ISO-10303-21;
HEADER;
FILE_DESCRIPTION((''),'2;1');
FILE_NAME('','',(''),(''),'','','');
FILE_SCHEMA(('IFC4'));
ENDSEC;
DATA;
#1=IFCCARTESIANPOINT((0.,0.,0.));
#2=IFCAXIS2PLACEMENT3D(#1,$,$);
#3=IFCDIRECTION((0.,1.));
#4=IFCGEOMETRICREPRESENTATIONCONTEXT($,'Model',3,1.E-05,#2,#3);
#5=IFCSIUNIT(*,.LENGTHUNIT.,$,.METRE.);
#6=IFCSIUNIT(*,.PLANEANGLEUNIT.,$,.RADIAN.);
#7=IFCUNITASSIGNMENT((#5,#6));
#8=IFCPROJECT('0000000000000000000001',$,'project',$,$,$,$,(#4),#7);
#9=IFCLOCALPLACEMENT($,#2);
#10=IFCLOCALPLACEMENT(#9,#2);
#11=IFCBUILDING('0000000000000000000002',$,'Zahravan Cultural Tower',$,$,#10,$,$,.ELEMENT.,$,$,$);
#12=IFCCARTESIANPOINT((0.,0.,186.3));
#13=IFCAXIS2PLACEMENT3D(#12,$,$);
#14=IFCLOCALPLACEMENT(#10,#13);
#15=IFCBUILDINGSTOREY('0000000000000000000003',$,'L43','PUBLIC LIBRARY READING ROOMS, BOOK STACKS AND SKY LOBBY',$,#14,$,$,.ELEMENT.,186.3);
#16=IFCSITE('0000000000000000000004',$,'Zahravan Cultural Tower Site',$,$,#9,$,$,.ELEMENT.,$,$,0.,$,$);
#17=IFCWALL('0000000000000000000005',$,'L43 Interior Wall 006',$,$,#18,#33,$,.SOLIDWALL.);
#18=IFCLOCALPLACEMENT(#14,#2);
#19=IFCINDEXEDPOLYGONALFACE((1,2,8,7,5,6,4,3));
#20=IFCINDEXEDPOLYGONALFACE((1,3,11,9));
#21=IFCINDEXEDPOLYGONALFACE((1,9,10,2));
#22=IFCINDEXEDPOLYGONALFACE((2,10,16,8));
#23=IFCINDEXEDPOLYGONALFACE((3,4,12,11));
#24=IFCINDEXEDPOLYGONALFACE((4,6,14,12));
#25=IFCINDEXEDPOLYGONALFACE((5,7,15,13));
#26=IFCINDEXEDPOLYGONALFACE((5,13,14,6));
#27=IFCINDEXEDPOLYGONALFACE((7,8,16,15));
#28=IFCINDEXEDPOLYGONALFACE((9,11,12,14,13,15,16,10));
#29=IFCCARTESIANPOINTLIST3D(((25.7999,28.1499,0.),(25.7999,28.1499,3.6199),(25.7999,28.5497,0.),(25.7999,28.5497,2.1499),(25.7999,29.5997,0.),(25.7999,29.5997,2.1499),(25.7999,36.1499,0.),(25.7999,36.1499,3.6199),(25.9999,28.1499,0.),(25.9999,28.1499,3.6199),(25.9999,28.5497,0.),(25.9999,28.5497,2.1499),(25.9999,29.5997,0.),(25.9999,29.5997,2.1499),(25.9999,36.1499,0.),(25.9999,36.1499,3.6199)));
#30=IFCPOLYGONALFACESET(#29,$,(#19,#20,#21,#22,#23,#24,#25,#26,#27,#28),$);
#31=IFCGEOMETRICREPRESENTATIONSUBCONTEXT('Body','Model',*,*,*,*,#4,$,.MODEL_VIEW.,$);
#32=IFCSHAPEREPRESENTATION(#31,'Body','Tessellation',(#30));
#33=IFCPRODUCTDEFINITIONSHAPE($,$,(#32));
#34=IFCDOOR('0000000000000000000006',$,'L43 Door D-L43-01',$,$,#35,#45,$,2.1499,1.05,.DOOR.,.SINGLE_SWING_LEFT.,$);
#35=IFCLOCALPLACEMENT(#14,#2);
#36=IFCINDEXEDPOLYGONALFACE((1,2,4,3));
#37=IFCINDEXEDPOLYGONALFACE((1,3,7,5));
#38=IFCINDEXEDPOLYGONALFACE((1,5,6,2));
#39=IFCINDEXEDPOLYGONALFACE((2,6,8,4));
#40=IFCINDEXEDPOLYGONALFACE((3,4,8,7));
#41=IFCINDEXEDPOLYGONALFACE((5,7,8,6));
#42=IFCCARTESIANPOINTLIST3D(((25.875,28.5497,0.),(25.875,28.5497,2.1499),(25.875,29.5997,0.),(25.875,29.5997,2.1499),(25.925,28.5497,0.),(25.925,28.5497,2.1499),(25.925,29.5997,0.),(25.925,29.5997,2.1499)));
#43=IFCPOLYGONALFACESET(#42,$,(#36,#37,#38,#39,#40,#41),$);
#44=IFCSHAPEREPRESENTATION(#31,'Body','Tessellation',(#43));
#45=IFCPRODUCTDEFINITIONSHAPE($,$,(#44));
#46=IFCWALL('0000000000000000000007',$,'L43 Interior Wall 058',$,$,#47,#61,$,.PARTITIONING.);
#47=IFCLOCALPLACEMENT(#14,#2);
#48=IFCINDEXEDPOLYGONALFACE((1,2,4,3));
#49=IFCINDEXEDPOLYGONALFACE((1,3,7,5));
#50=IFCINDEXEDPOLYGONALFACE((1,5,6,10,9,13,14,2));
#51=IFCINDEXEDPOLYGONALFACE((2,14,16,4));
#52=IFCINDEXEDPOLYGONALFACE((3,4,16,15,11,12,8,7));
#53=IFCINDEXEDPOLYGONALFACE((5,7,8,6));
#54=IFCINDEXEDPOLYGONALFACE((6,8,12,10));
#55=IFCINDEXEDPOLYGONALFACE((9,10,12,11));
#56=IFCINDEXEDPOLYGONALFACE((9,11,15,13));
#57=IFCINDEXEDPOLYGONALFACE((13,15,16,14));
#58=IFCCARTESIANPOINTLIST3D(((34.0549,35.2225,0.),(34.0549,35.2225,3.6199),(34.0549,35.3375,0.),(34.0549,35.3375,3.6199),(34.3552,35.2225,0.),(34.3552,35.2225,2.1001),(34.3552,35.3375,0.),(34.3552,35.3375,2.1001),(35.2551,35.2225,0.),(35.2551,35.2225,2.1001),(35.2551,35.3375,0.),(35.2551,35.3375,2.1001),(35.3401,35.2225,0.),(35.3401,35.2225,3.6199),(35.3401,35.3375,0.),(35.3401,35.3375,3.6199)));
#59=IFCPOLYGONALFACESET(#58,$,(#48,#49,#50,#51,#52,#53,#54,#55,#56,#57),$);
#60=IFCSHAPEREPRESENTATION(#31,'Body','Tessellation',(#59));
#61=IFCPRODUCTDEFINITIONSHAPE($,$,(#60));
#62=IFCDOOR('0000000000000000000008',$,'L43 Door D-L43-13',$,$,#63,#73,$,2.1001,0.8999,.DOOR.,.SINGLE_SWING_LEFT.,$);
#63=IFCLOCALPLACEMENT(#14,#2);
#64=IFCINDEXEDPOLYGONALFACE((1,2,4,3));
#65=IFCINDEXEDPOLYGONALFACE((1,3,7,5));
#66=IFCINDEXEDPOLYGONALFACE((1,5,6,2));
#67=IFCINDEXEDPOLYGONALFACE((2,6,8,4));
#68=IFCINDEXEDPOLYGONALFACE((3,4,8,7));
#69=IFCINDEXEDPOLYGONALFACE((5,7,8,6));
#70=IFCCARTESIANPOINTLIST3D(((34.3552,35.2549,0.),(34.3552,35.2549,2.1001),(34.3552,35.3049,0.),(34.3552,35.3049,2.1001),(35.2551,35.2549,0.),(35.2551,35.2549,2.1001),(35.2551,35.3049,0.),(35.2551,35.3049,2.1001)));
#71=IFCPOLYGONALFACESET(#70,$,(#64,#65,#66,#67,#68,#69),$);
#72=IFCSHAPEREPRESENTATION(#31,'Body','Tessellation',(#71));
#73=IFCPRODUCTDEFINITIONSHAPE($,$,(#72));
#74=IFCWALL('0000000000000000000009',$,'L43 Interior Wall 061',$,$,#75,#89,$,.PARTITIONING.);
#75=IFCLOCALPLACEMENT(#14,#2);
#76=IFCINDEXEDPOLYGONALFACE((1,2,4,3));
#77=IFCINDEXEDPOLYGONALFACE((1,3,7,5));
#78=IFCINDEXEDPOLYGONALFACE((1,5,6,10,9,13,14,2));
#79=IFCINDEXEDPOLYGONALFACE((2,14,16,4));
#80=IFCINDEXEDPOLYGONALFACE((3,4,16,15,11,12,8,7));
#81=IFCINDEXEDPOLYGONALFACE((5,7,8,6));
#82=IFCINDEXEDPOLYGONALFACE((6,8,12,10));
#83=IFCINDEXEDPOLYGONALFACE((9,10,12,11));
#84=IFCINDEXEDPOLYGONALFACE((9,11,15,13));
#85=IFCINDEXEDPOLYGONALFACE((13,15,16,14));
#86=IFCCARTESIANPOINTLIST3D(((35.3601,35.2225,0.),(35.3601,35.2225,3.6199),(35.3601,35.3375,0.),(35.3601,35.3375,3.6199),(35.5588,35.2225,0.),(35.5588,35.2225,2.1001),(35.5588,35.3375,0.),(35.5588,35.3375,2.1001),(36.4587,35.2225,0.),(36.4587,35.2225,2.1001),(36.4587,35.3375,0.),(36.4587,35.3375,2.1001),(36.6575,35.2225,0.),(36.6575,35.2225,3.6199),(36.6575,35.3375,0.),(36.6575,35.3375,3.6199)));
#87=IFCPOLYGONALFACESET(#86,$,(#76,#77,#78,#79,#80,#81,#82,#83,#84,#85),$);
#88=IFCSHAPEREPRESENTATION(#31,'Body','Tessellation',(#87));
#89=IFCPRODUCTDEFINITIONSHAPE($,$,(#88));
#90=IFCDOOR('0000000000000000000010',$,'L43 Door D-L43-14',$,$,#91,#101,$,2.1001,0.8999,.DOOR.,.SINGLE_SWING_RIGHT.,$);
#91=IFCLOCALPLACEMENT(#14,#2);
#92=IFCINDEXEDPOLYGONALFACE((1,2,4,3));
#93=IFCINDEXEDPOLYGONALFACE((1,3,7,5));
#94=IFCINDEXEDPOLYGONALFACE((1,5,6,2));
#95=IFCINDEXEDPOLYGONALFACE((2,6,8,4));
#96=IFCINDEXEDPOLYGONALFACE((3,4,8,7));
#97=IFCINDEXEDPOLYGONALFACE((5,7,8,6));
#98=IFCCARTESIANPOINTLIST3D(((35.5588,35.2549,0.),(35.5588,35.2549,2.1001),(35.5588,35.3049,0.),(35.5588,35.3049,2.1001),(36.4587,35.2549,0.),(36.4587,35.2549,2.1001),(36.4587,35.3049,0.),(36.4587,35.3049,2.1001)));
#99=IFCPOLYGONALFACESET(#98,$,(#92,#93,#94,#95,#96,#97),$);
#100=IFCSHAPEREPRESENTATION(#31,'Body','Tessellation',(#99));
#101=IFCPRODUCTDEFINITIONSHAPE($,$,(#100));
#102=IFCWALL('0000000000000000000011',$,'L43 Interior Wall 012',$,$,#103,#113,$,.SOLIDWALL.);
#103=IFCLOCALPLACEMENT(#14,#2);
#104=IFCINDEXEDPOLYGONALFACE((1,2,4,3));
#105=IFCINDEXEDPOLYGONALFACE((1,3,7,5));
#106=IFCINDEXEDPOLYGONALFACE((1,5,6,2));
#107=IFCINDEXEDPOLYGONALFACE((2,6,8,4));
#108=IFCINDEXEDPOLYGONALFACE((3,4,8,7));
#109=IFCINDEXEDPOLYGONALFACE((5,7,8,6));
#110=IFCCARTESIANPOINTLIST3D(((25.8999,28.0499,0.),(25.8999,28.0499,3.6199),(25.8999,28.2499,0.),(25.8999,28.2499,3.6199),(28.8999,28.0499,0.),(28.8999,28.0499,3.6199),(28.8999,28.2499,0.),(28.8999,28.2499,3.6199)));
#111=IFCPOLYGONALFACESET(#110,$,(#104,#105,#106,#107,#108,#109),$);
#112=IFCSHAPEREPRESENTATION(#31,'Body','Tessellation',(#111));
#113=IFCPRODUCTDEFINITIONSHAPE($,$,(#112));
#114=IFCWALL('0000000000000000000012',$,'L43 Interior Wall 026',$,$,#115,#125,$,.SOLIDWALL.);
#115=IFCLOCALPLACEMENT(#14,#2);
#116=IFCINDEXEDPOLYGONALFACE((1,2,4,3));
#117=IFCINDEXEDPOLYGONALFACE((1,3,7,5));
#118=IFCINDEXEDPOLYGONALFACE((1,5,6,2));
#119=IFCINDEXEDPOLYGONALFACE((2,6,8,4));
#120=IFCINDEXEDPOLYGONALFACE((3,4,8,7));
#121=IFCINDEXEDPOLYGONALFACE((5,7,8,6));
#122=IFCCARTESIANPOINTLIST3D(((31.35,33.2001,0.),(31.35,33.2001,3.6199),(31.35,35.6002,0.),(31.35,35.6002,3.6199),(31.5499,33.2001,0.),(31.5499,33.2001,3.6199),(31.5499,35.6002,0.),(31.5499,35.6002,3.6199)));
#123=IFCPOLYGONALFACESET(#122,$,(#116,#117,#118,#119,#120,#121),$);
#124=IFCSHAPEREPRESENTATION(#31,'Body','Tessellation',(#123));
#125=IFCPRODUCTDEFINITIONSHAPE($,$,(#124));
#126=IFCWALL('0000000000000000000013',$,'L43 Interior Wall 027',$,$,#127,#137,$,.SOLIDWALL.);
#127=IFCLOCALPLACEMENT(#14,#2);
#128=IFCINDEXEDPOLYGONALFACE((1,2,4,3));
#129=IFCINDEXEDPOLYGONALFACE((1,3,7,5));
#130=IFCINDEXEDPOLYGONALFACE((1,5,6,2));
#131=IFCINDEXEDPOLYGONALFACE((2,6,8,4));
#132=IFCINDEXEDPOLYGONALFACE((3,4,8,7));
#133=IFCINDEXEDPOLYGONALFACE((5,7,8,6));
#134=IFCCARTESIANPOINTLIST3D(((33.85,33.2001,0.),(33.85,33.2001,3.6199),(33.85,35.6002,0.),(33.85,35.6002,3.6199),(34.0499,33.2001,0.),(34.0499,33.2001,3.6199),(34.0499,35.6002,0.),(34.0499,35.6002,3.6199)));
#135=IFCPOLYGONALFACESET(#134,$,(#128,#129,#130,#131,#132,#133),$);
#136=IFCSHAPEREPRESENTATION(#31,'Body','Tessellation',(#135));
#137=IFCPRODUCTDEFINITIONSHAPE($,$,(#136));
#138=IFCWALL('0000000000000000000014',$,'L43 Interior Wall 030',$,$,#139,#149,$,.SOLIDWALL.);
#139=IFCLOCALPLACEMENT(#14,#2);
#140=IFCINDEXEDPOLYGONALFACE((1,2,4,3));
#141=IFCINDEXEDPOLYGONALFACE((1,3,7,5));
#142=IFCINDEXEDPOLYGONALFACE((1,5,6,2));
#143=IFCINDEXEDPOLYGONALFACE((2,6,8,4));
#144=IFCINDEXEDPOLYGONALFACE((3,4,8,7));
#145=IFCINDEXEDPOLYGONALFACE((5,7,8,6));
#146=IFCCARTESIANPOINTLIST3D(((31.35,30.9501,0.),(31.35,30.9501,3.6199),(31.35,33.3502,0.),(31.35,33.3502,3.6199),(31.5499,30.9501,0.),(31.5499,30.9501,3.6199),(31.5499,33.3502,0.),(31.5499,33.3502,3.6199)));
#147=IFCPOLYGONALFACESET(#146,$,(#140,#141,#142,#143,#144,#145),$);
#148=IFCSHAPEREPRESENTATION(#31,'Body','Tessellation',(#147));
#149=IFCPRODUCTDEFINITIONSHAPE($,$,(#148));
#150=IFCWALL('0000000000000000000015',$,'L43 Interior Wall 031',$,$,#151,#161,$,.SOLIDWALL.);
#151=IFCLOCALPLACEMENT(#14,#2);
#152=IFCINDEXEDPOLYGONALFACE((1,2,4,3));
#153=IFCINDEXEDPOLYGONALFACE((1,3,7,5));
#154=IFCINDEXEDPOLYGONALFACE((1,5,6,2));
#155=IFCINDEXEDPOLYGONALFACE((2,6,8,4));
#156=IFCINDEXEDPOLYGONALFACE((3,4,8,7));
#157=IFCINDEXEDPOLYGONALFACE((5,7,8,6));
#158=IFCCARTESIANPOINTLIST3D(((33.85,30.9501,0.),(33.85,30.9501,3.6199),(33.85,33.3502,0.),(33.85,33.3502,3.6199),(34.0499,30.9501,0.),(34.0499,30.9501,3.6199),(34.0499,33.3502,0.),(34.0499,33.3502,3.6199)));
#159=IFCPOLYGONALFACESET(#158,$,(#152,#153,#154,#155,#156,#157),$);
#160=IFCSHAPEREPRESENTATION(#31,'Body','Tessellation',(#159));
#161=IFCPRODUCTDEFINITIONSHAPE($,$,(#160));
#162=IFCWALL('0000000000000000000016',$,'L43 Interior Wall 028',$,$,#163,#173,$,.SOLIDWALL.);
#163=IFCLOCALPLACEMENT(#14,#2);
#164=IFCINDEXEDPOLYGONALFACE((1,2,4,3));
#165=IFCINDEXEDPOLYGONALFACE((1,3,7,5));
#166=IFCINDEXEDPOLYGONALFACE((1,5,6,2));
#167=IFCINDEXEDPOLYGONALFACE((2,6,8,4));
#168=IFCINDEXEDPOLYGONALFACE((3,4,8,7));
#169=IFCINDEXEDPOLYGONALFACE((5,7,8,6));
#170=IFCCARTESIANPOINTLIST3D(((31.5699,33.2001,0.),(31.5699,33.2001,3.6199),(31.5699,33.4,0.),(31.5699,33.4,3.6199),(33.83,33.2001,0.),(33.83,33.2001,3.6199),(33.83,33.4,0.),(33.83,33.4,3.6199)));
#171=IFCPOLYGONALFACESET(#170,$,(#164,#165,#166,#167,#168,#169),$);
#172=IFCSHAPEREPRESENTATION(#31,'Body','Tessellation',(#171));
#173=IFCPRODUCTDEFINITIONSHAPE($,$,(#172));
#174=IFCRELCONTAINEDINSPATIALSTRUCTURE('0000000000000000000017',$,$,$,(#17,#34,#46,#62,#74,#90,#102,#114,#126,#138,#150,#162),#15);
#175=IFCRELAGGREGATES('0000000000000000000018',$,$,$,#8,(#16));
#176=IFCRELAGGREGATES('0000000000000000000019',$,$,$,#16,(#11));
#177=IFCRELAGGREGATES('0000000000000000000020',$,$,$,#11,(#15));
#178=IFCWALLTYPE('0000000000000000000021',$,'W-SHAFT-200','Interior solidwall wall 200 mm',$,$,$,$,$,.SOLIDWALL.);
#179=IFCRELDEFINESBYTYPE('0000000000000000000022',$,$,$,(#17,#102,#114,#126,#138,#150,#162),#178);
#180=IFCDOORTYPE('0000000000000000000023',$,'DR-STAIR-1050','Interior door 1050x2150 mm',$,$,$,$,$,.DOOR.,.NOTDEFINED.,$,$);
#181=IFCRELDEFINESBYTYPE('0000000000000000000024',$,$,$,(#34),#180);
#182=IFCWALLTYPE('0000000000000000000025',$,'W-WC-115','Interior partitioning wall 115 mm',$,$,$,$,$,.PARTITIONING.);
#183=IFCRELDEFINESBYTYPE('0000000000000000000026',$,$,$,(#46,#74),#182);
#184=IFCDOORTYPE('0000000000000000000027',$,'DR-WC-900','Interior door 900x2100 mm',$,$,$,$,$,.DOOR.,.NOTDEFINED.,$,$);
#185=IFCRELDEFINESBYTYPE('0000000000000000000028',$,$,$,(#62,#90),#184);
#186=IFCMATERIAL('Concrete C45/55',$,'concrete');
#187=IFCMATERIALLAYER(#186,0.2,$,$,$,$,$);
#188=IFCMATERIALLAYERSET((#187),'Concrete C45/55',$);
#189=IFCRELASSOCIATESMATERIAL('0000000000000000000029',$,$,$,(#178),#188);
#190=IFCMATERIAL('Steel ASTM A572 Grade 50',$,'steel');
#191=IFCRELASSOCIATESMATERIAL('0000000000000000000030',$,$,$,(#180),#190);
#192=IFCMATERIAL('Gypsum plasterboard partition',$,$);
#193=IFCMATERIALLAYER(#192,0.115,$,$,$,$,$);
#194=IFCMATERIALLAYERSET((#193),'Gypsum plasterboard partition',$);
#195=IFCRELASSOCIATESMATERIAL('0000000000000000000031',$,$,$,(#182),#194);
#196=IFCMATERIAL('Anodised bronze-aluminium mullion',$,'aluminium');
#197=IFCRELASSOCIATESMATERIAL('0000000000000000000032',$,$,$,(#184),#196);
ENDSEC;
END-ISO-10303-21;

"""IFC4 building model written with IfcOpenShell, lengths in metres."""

from ifc_helpers import new_model, si_unit, direction, frame, frame_2d, origin, place, context, subcontext, project, spatial, rectangle, extrude, source, transform, mapped, material, layer, layer_set, type_object, element, fill, save


model = new_model("IFC4")

# Units and contexts
model_context = context("Model", 3, precision=1e-05, world=origin(), true_north=direction((0.0, 1.0)))
body_context = subcontext(model_context, "Body", "Model", "MODEL_VIEW")
ifc_project = project(units=[si_unit("LENGTHUNIT", "METRE"), si_unit("PLANEANGLEUNIT", "RADIAN")], contexts=[model_context])

# Site, building, storey
site_placement = place(None, origin())
site = spatial("IfcSite", under=ifc_project, at=site_placement, Name="Zahravan Cultural Tower Site", CompositionType="ELEMENT", RefElevation=0.0)
building_placement = place(site_placement, origin())
building = spatial("IfcBuilding", under=site, at=building_placement, Name="Zahravan Cultural Tower", CompositionType="ELEMENT")
storey_placement = place(building_placement, frame((0.0, 0.0, 186.3)))
storey = spatial("IfcBuildingStorey", under=building, at=storey_placement, Name="L43", Description="PUBLIC LIBRARY READING ROOMS, BOOK STACKS AND SKY LOBBY", CompositionType="ELEMENT", Elevation=186.3)

# Walls, openings, doors
ifc_material_1 = material(Name="Steel ASTM A572 Grade 50", Category="steel")
ifc_material_2 = material(Name="Gypsum plasterboard partition")
ifc_material_3 = material(Name="Anodised bronze-aluminium mullion", Category="aluminium")
ifc_material_4 = material(Name="Concrete C45/55", Category="concrete")
ifc_layer_1 = layer(ifc_material_4, 0.2)
ifc_layer_set_1 = layer_set([ifc_layer_1], Name="Concrete C45/55")
wall_type_1 = type_object("IfcWallType", Name="W-SHAFT-200", Description="Interior solidwall wall 200 mm", PredefinedType="SOLIDWALL", material=ifc_layer_set_1)
wall_1_placement = place(storey_placement, frame((25.8999, 28.1499, 0.0), z_axis=(0.0, 0.0, 1.0), x_axis=(0.0, 1.0, 0.0)))
wall_1 = element("IfcWall", 1, at=wall_1_placement, inside=storey, type_object=wall_type_1, Name="L43 Interior Wall 006", PredefinedType="SOLIDWALL", context=body_context, shape_type="SweptSolid", body=[
    extrude(rectangle(XDim=8.0, YDim=0.2, at=frame_2d((4.0, 0.0))), origin(), (0.0, 0.0, 1.0), 3.6199),
])
opening_1_placement = place(wall_1_placement, frame((0.3999, 0.0, 0.0)))
opening_1 = element("IfcOpeningElement", 2, at=opening_1_placement, cuts=wall_1, PredefinedType="OPENING", context=body_context, shape_type="SweptSolid", body=[
    extrude(rectangle(XDim=1.05, YDim=2.1499, at=frame_2d((0.5249, 1.075))), frame((0.0, 0.1099, 0.0), z_axis=(0.0, -1.0, 0.0), x_axis=(1.0, 0.0, 0.0)), (0.0, 0.0, 1.0), 0.22),
])
door_type_1 = type_object("IfcDoorType", Name="DR-STAIR-1050", Description="Interior door 1050x2150 mm", OperationType="NOTDEFINED", PredefinedType="DOOR", material=ifc_material_1)
shared_shape_1 = source(origin(), body_context, "Body", "SweptSolid", [
    extrude(rectangle(XDim=1.05, YDim=2.1499, at=frame_2d((0.5249, 1.075))), frame((0.0, 0.0249, 0.0), z_axis=(0.0, -1.0, 0.0), x_axis=(1.0, 0.0, 0.0)), (0.0, 0.0, 1.0), 0.05),
])
door_1_placement = place(opening_1_placement, origin())
door_1 = element("IfcDoor", 3, at=door_1_placement, inside=storey, type_object=door_type_1, Name="L43 Door D-L43-01", OperationType="SINGLE_SWING_LEFT", OverallHeight=2.1499, OverallWidth=1.05, PredefinedType="DOOR", context=body_context, shape_type="MappedRepresentation", body=[
    mapped(shared_shape_1, transform((0.0, 0.0, 0.0), x_axis=(1.0, 0.0, 0.0), y_axis=(0.0, 1.0, 0.0), z_axis=(0.0, 0.0, 1.0), scale=1.0)),
])
fill(opening_1, door_1)
ifc_layer_2 = layer(ifc_material_2, 0.115)
ifc_layer_set_2 = layer_set([ifc_layer_2], Name="Gypsum plasterboard partition")
wall_type_2 = type_object("IfcWallType", Name="W-WC-115", Description="Interior partitioning wall 115 mm", PredefinedType="PARTITIONING", material=ifc_layer_set_2)
wall_2_placement = place(storey_placement, frame((34.0549, 35.28, 0.0), z_axis=(0.0, 0.0, 1.0), x_axis=(1.0, 0.0, 0.0)))
wall_2 = element("IfcWall", 4, at=wall_2_placement, inside=storey, type_object=wall_type_2, Name="L43 Interior Wall 058", PredefinedType="PARTITIONING", context=body_context, shape_type="SweptSolid", body=[
    extrude(rectangle(XDim=1.2852, YDim=0.115, at=frame_2d((0.6426, 0.0))), origin(), (0.0, 0.0, 1.0), 3.6199),
])
opening_2_placement = place(wall_2_placement, frame((0.3003, 0.0, 0.0)))
opening_2 = element("IfcOpeningElement", 5, at=opening_2_placement, cuts=wall_2, PredefinedType="OPENING", context=body_context, shape_type="SweptSolid", body=[
    extrude(rectangle(XDim=0.8999, YDim=2.1001, at=frame_2d((0.45, 1.05))), frame((0.0, 0.0674, 0.0), z_axis=(0.0, -1.0, 0.0), x_axis=(1.0, 0.0, 0.0)), (0.0, 0.0, 1.0), 0.135),
])
door_type_2 = type_object("IfcDoorType", Name="DR-WC-900", Description="Interior door 900x2100 mm", OperationType="NOTDEFINED", PredefinedType="DOOR", material=ifc_material_3)
shared_shape_2 = source(origin(), body_context, "Body", "SweptSolid", [
    extrude(rectangle(XDim=0.8999, YDim=2.1001, at=frame_2d((0.45, 1.05))), frame((0.0, 0.0249, 0.0), z_axis=(0.0, -1.0, 0.0), x_axis=(1.0, 0.0, 0.0)), (0.0, 0.0, 1.0), 0.05),
])
door_2_placement = place(opening_2_placement, origin())
door_2 = element("IfcDoor", 6, at=door_2_placement, inside=storey, type_object=door_type_2, Name="L43 Door D-L43-13", OperationType="SINGLE_SWING_LEFT", OverallHeight=2.1001, OverallWidth=0.8999, PredefinedType="DOOR", context=body_context, shape_type="MappedRepresentation", body=[
    mapped(shared_shape_2, transform((0.0, 0.0, 0.0), x_axis=(1.0, 0.0, 0.0), y_axis=(0.0, 1.0, 0.0), z_axis=(0.0, 0.0, 1.0), scale=1.0)),
])
fill(opening_2, door_2)
wall_3_placement = place(storey_placement, frame((35.3601, 35.28, 0.0), z_axis=(0.0, 0.0, 1.0), x_axis=(1.0, 0.0, 0.0)))
wall_3 = element("IfcWall", 7, at=wall_3_placement, inside=storey, type_object=wall_type_2, Name="L43 Interior Wall 061", PredefinedType="PARTITIONING", context=body_context, shape_type="SweptSolid", body=[
    extrude(rectangle(XDim=1.2974, YDim=0.115, at=frame_2d((0.6487, 0.0))), origin(), (0.0, 0.0, 1.0), 3.6199),
])
opening_3_placement = place(wall_3_placement, frame((0.1987, 0.0, 0.0)))
opening_3 = element("IfcOpeningElement", 8, at=opening_3_placement, cuts=wall_3, PredefinedType="OPENING", context=body_context, shape_type="SweptSolid", body=[
    extrude(rectangle(XDim=0.8999, YDim=2.1001, at=frame_2d((0.45, 1.05))), frame((0.0, 0.0674, 0.0), z_axis=(0.0, -1.0, 0.0), x_axis=(1.0, 0.0, 0.0)), (0.0, 0.0, 1.0), 0.135),
])
door_3_placement = place(opening_3_placement, origin())
door_3 = element("IfcDoor", 9, at=door_3_placement, inside=storey, type_object=door_type_2, Name="L43 Door D-L43-14", OperationType="SINGLE_SWING_RIGHT", OverallHeight=2.1001, OverallWidth=0.8999, PredefinedType="DOOR", context=body_context, shape_type="MappedRepresentation", body=[
    mapped(shared_shape_2, transform((0.0, 0.0, 0.0), x_axis=(1.0, 0.0, 0.0), y_axis=(0.0, 1.0, 0.0), z_axis=(0.0, 0.0, 1.0), scale=1.0)),
])
fill(opening_3, door_3)

# Walls
shared_shape_3 = source(origin(), body_context, "Body", "SweptSolid", [
    extrude(rectangle(XDim=3.0, YDim=0.2, at=frame_2d((1.5, 0.0))), origin(), (0.0, 0.0, 1.0), 3.6199),
])
wall_4_placement = place(storey_placement, frame((25.8999, 28.1499, 0.0), z_axis=(0.0, 0.0, 1.0), x_axis=(1.0, 0.0, 0.0)))
element("IfcWall", 10, at=wall_4_placement, inside=storey, type_object=wall_type_1, Name="L43 Interior Wall 012", PredefinedType="SOLIDWALL", context=body_context, shape_type="MappedRepresentation", body=[
    mapped(shared_shape_3, transform((0.0, 0.0, 0.0), x_axis=(1.0, 0.0, 0.0), y_axis=(0.0, 1.0, 0.0), z_axis=(0.0, 0.0, 1.0), scale=1.0)),
])
shared_shape_4 = source(origin(), body_context, "Body", "SweptSolid", [
    extrude(rectangle(XDim=2.4001, YDim=0.2, at=frame_2d((1.2002, 0.0))), origin(), (0.0, 0.0, 1.0), 3.6199),
])
for number, where, z_axis, x_axis, name in (
    (11, (31.45, 33.2, 0.0), (0.0, 0.0, 1.0), (0.0, 1.0, 0.0), "L43 Interior Wall 026"),
    (12, (33.95, 33.2, 0.0), (0.0, 0.0, 1.0), (0.0, 1.0, 0.0), "L43 Interior Wall 027"),
    (13, (31.45, 30.95, 0.0), (0.0, 0.0, 1.0), (0.0, 1.0, 0.0), "L43 Interior Wall 030"),
    (14, (33.95, 30.95, 0.0), (0.0, 0.0, 1.0), (0.0, 1.0, 0.0), "L43 Interior Wall 031"),
):
    element("IfcWall", number, at=place(storey_placement, frame(where, z_axis=z_axis, x_axis=x_axis)), inside=storey, type_object=wall_type_1, Name=name, PredefinedType="SOLIDWALL", context=body_context, shape_type="MappedRepresentation", body=[
        mapped(shared_shape_4, transform((0.0, 0.0, 0.0), x_axis=(1.0, 0.0, 0.0), y_axis=(0.0, 1.0, 0.0), z_axis=(0.0, 0.0, 1.0), scale=1.0)),
    ])
shared_shape_5 = source(origin(), body_context, "Body", "SweptSolid", [
    extrude(rectangle(XDim=2.26, YDim=0.2, at=frame_2d((1.1299, 0.0))), origin(), (0.0, 0.0, 1.0), 3.6199),
])
for number, where, z_axis, x_axis, name in (
    (15, (31.5701, 33.3, 0.0), (0.0, 0.0, 1.0), (1.0, 0.0, 0.0), "L43 Interior Wall 028"),
):
    element("IfcWall", number, at=place(storey_placement, frame(where, z_axis=z_axis, x_axis=x_axis)), inside=storey, type_object=wall_type_1, Name=name, PredefinedType="SOLIDWALL", context=body_context, shape_type="MappedRepresentation", body=[
        mapped(shared_shape_5, transform((0.0, 0.0, 0.0), x_axis=(1.0, 0.0, 0.0), y_axis=(0.0, 1.0, 0.0), z_axis=(0.0, 0.0, 1.0), scale=1.0)),
    ])

save(model, "model.ifc")
